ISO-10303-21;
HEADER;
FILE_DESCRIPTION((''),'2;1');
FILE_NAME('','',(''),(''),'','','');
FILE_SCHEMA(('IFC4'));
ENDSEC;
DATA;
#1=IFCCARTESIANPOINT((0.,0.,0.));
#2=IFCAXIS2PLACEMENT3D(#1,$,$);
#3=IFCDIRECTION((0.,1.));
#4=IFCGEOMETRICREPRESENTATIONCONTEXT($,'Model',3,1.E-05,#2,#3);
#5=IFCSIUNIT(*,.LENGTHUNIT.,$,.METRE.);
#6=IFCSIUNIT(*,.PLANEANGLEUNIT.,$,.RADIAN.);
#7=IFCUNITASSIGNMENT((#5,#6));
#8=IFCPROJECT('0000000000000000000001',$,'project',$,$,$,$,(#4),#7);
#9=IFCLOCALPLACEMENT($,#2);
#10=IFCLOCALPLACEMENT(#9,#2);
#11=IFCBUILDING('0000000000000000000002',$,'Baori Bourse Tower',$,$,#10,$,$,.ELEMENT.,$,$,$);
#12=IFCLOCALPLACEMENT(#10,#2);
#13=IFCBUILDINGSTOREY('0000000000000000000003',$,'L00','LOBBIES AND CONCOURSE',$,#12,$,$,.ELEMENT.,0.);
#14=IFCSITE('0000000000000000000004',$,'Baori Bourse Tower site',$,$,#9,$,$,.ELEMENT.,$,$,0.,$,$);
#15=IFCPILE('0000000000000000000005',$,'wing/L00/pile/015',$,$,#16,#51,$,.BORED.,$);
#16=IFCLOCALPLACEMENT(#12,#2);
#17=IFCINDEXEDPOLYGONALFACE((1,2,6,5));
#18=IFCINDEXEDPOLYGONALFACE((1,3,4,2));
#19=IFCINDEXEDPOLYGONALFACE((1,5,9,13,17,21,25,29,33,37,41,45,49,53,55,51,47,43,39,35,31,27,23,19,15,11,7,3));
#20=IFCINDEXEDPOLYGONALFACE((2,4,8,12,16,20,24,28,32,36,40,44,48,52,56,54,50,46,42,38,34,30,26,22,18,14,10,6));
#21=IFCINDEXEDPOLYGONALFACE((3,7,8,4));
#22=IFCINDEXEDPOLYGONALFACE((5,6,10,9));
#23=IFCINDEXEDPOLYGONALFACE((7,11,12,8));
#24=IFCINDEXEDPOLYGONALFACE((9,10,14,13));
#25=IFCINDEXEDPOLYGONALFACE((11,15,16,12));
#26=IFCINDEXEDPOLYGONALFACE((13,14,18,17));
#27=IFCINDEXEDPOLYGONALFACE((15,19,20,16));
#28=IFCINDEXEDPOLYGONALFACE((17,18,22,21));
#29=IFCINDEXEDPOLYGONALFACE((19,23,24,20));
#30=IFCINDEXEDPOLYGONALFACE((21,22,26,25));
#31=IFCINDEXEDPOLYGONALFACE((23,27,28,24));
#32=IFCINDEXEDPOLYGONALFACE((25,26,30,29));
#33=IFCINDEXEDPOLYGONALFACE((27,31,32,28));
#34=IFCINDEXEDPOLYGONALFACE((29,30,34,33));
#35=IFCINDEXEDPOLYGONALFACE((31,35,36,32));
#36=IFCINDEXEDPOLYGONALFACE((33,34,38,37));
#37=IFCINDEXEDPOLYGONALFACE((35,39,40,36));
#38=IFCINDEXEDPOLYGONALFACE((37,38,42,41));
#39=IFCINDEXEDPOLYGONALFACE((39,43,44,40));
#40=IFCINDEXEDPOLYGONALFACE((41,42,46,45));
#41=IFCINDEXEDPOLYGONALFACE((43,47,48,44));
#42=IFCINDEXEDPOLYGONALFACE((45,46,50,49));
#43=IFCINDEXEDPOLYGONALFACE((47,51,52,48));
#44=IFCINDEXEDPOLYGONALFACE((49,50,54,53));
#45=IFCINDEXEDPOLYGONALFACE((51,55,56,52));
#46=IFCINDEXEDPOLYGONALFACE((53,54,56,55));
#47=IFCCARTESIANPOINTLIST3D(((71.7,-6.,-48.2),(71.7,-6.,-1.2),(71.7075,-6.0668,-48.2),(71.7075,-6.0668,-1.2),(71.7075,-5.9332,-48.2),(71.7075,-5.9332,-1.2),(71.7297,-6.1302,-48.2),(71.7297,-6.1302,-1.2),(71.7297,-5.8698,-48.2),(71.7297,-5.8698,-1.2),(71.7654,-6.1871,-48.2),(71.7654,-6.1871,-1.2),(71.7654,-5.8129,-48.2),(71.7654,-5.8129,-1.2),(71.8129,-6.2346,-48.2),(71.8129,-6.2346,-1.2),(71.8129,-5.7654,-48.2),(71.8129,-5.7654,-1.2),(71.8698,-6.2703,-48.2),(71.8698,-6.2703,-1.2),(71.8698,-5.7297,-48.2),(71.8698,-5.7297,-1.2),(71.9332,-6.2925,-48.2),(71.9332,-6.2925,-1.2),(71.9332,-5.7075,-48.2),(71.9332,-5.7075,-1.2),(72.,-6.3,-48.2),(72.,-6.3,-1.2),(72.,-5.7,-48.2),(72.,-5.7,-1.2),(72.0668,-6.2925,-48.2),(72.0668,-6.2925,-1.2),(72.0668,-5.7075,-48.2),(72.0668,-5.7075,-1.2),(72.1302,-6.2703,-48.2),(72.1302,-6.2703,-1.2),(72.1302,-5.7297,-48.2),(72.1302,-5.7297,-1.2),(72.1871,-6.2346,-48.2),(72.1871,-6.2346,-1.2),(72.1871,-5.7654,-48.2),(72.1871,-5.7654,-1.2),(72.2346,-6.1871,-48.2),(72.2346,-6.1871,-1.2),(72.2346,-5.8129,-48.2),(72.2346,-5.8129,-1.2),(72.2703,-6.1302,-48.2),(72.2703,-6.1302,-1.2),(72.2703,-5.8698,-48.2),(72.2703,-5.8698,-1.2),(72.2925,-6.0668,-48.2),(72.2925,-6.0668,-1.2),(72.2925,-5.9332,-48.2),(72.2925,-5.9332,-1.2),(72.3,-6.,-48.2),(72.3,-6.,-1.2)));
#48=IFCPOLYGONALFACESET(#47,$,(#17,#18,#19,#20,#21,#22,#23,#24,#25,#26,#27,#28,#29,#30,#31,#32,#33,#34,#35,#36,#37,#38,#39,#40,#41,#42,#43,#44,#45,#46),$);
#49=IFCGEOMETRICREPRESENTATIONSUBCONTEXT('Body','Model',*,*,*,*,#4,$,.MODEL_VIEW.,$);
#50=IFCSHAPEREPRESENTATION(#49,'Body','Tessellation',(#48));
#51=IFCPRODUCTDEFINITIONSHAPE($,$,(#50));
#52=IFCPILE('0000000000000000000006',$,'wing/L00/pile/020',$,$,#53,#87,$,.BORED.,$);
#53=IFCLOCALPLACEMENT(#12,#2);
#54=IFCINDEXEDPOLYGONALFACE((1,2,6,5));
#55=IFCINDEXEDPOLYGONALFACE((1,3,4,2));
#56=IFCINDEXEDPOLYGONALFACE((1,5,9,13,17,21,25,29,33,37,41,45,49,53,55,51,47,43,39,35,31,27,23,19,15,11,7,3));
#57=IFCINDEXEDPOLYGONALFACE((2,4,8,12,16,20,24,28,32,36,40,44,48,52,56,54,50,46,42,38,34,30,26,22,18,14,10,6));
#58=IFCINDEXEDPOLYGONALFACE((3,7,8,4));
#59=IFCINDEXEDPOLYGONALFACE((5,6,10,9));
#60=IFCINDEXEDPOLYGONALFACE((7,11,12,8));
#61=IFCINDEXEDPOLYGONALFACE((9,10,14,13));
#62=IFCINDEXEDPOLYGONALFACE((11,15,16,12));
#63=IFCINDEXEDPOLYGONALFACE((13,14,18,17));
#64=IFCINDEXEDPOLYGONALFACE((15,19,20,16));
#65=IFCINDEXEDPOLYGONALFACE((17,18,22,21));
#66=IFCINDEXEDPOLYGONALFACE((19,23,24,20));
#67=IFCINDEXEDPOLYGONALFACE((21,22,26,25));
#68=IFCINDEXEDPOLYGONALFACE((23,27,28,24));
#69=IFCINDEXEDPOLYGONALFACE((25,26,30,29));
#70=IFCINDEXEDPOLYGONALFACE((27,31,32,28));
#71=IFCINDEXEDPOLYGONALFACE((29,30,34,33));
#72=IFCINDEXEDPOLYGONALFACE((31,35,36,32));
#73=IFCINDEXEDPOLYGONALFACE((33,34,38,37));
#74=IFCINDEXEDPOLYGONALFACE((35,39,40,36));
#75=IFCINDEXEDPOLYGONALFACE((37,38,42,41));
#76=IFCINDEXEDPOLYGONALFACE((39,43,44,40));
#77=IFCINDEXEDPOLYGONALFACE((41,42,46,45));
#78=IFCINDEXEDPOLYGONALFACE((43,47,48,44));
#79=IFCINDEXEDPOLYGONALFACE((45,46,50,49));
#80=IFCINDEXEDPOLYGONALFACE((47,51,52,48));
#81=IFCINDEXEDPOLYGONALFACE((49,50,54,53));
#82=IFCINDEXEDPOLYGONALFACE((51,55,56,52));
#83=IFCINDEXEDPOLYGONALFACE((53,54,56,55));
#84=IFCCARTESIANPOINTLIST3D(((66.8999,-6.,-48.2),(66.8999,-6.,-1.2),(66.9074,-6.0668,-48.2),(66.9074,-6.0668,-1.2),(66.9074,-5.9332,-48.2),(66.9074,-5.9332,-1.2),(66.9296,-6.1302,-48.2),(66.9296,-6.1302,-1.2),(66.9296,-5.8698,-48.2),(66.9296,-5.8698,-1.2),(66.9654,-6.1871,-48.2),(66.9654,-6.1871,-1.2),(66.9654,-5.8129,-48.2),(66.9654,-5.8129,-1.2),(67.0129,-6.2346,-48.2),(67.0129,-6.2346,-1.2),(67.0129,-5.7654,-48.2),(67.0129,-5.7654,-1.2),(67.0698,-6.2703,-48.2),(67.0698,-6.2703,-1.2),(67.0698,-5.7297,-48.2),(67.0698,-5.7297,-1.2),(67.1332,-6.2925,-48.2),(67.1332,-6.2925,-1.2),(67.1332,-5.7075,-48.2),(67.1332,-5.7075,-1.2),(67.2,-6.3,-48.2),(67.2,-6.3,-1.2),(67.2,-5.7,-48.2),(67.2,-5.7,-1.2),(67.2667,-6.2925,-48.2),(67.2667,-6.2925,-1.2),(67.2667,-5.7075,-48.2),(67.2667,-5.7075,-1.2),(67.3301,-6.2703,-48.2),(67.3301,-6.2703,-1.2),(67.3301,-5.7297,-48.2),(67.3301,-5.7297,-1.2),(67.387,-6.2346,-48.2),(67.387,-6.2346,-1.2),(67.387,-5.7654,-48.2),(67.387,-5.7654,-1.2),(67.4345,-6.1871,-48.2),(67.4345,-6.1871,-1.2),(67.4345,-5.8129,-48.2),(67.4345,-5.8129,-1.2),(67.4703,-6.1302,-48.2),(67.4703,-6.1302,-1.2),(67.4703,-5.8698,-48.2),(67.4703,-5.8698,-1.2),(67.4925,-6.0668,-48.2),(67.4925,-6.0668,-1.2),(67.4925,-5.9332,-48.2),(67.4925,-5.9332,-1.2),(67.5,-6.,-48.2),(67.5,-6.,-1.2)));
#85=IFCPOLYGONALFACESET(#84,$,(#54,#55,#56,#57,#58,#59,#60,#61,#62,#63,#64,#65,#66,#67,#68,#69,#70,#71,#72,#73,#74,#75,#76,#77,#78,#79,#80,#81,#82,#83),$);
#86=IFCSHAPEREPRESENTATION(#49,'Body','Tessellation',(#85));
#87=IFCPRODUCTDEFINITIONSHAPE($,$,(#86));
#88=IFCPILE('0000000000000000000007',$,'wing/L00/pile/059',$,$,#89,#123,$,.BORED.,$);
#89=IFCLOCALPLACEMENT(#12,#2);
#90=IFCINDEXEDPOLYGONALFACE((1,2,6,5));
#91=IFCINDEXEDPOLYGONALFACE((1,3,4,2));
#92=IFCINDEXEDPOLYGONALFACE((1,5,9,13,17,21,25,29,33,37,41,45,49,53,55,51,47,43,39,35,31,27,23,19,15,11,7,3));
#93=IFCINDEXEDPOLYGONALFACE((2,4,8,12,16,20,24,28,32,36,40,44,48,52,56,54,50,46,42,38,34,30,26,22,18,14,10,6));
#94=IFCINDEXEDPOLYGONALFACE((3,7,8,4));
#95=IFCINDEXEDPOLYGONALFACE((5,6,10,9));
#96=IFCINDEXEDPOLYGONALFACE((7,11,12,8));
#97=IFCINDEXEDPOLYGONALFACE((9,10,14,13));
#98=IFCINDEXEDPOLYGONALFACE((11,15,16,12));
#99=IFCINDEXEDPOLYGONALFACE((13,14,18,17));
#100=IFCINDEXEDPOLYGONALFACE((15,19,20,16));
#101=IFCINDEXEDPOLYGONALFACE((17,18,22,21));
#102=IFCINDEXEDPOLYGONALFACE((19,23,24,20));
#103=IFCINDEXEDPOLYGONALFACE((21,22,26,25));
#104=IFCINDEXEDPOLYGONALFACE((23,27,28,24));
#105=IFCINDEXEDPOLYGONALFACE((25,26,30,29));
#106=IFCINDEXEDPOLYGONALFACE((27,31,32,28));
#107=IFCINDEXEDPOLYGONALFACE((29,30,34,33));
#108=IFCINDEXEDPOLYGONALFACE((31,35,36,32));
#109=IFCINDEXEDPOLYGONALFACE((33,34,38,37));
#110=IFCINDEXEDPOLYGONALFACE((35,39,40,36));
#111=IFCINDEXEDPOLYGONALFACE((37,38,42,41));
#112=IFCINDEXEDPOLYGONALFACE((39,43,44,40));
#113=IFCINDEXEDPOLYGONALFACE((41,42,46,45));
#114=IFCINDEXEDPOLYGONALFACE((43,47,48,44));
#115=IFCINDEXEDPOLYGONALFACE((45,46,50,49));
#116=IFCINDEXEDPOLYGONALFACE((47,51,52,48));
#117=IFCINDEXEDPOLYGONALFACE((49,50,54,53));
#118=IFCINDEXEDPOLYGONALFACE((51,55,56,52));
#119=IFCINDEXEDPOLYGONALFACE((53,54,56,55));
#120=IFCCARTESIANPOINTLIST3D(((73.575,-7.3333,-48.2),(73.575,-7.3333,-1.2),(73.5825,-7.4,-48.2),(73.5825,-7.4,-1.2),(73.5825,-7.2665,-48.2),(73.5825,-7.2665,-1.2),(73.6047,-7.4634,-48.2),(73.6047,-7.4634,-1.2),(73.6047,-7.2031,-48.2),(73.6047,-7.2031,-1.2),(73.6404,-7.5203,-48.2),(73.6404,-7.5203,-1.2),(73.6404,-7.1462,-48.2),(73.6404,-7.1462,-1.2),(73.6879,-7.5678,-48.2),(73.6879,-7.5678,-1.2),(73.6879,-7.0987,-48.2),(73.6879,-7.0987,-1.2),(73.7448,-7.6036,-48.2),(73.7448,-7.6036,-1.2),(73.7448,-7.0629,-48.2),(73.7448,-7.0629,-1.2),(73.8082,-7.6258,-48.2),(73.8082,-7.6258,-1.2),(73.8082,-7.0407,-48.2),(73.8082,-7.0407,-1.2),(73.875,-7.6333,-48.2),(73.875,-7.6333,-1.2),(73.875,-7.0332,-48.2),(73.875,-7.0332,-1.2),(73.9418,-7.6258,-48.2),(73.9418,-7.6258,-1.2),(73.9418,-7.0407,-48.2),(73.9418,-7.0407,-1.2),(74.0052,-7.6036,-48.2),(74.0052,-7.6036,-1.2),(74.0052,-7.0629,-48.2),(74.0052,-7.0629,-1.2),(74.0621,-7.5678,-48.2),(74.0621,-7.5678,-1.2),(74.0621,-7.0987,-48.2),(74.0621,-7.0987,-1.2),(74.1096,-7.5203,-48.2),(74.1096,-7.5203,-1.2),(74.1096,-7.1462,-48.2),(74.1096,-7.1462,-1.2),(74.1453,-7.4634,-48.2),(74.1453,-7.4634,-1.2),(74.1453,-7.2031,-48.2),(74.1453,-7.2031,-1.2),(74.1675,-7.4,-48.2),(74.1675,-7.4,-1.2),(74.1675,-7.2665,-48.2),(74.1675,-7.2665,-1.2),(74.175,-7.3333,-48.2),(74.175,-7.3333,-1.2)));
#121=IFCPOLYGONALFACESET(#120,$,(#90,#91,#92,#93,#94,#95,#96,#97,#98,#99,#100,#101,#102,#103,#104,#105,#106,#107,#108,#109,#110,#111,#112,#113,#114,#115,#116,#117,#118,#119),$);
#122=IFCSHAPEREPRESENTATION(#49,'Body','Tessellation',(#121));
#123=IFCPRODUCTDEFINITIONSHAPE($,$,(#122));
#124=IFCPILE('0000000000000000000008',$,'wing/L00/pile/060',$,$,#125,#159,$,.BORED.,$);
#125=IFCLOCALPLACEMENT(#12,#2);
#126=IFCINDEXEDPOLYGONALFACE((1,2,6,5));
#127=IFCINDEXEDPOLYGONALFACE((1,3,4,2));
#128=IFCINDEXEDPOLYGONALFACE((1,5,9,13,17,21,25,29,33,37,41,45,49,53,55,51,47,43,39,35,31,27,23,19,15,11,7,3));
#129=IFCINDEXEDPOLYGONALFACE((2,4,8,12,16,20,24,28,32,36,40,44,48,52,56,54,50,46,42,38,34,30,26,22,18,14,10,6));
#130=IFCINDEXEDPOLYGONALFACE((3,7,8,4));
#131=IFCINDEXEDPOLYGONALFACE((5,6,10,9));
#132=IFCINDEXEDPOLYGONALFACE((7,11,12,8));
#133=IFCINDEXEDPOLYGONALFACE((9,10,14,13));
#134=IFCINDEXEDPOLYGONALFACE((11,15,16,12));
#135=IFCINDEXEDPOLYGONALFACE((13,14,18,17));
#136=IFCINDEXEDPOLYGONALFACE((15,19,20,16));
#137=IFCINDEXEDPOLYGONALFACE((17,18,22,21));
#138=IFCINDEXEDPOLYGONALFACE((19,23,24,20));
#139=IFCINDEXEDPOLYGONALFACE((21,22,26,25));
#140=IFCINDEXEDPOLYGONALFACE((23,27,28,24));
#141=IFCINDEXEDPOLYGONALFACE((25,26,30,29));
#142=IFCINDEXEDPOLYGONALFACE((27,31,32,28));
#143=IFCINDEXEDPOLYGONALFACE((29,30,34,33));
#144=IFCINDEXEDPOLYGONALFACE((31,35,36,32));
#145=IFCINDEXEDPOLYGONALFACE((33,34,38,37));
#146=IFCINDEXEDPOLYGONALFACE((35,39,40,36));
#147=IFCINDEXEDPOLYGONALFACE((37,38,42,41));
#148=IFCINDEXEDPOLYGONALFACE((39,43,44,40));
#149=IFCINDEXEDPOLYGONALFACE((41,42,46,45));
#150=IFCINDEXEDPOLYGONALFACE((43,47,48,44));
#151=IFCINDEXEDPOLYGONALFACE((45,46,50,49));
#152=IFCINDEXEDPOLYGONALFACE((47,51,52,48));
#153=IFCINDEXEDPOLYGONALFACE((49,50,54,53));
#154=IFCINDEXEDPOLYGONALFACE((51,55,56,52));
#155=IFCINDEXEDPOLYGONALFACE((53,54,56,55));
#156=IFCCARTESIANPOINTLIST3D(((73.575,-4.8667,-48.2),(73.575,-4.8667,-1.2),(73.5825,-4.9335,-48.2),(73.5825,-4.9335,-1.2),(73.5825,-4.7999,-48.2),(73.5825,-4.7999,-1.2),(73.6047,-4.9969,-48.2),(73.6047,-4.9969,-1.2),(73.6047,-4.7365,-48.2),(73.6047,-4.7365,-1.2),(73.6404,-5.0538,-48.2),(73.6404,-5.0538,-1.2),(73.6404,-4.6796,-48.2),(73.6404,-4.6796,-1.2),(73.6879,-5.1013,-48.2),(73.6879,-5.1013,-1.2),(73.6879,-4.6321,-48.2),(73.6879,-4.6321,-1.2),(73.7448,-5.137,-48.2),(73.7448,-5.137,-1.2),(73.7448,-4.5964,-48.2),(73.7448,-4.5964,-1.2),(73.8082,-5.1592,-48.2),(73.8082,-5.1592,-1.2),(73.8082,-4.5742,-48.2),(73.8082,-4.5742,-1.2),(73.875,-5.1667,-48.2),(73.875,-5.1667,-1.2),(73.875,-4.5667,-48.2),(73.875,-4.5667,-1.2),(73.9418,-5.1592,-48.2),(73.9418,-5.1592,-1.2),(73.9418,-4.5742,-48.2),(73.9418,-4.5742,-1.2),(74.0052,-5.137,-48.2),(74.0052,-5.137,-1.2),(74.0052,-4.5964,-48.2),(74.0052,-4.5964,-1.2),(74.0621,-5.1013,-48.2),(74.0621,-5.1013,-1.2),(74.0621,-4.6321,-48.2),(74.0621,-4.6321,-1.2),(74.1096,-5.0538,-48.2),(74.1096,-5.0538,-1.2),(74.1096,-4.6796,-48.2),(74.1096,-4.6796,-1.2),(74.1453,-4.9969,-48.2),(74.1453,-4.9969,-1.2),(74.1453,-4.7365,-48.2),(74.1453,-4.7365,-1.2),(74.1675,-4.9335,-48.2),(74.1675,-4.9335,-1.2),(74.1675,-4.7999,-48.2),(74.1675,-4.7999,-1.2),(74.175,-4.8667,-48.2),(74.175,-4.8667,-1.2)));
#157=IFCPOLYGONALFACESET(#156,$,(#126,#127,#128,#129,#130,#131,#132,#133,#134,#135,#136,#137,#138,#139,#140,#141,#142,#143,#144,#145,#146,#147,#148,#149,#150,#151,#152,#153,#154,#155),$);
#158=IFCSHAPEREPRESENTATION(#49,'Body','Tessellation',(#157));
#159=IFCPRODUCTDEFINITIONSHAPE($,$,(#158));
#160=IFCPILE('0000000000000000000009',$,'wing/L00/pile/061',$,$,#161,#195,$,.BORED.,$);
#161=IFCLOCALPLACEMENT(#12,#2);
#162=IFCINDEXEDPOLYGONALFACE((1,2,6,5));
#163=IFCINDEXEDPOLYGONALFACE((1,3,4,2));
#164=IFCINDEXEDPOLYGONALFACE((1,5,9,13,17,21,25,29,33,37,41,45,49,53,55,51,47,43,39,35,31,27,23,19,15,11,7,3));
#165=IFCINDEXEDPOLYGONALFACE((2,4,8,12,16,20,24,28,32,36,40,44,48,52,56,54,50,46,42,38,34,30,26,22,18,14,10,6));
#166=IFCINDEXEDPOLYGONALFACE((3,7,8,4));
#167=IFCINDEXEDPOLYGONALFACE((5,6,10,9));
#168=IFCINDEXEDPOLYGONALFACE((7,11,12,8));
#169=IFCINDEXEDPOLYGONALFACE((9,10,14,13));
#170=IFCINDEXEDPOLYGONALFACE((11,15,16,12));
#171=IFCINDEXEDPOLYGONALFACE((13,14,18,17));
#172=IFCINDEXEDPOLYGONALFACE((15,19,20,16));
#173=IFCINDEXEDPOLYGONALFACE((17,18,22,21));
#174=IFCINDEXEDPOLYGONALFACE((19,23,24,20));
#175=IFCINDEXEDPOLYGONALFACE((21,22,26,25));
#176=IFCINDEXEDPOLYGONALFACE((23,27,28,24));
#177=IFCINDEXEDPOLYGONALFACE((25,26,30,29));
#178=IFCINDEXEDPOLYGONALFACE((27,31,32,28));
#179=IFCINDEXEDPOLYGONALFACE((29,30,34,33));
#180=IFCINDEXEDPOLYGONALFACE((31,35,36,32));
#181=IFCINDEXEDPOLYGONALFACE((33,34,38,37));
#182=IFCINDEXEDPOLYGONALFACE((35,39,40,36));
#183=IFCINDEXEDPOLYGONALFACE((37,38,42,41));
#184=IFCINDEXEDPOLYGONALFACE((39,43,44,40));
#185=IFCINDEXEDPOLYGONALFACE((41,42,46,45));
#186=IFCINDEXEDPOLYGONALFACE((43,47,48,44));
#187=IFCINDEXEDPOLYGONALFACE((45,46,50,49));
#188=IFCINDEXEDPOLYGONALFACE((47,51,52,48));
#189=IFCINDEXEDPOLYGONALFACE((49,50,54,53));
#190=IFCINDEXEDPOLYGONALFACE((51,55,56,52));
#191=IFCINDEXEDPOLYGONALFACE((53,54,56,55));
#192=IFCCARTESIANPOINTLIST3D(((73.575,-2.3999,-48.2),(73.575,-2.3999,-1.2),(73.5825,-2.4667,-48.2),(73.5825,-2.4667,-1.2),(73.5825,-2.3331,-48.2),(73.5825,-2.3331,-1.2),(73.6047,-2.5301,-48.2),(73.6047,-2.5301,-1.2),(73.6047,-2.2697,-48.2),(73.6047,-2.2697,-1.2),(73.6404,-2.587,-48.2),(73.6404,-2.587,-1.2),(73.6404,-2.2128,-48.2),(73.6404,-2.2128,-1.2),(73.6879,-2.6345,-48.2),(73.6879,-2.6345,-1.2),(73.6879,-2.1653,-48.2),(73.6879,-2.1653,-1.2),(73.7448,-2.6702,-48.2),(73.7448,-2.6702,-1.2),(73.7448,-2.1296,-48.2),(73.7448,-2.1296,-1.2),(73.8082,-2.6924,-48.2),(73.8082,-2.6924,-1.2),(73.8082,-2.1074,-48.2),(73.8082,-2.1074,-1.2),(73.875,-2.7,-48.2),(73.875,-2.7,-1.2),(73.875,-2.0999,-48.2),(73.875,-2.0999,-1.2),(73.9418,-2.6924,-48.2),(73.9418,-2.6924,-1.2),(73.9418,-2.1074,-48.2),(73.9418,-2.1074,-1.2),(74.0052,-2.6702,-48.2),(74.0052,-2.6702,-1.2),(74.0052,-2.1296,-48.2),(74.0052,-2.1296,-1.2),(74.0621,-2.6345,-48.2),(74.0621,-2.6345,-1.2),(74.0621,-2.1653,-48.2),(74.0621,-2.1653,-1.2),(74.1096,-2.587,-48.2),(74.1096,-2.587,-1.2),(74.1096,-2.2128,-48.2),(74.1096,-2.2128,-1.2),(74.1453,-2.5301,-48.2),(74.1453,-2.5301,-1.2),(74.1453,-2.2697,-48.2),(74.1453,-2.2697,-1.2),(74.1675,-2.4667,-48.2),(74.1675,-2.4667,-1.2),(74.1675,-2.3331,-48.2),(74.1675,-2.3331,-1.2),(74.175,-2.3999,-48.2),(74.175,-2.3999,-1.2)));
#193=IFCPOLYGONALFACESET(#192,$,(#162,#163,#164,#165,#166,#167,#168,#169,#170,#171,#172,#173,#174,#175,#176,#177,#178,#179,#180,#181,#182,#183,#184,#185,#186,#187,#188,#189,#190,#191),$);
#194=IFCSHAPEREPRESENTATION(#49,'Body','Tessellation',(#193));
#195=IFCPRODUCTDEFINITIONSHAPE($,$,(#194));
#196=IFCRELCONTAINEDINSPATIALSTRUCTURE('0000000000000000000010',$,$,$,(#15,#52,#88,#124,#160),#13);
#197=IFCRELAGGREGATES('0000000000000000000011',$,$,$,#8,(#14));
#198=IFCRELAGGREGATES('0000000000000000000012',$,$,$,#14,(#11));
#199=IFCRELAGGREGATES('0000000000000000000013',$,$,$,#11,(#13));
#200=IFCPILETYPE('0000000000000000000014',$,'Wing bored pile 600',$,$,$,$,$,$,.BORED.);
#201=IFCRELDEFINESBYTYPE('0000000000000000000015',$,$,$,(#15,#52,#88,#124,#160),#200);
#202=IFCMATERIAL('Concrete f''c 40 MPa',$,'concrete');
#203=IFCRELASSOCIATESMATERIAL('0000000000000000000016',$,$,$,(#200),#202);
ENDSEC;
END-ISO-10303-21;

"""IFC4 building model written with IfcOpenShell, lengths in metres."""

from ifc_helpers import new_model, si_unit, direction, frame, origin, origin_2d, place, context, subcontext, project, spatial, circle, extrude, material, material_profile, profile_set, type_object, element, save


model = new_model("IFC4")

# Units and contexts
model_context = context("Model", 3, precision=1e-05, world=origin(), true_north=direction((0.0, 1.0)))
body_context = subcontext(model_context, "Body", "Model", "MODEL_VIEW")
ifc_project = project(units=[si_unit("LENGTHUNIT", "METRE"), si_unit("PLANEANGLEUNIT", "RADIAN")], contexts=[model_context])

# Site, building, storey
site_placement = place(None, origin())
site = spatial("IfcSite", under=ifc_project, at=site_placement, Name="Baori Bourse Tower site", CompositionType="ELEMENT", RefElevation=0.0)
building_placement = place(site_placement, origin())
building = spatial("IfcBuilding", under=site, at=building_placement, Name="Baori Bourse Tower", CompositionType="ELEMENT")
storey_placement = place(building_placement, origin())
storey = spatial("IfcBuildingStorey", under=building, at=storey_placement, Name="L00", Description="LOBBIES AND CONCOURSE", CompositionType="ELEMENT", Elevation=0.0)

# Piles
ifc_material_1 = material(Name="Concrete f'c 40 MPa", Category="concrete")
ifc_material_profile_1 = material_profile(ifc_material_1, circle(Radius=0.3, at=origin_2d()), Name="Wing bored pile 600")
ifc_profile_set_1 = profile_set([ifc_material_profile_1], Name="Concrete f'c 40 MPa")
pile_type = type_object("IfcPileType", Name="Wing bored pile 600", PredefinedType="BORED", material=ifc_profile_set_1)
for number, where, z_axis, x_axis, name in (
    (1, (72.0, -6.0, -1.2), (0.0, 0.0, -1.0), (1.0, 0.0, 0.0), "wing/L00/pile/015"),
    (2, (67.2, -6.0, -1.2), (0.0, 0.0, -1.0), (1.0, 0.0, 0.0), "wing/L00/pile/020"),
    (3, (73.875, -7.3333, -1.2), (0.0, 0.0, -1.0), (1.0, 0.0, 0.0), "wing/L00/pile/059"),
    (4, (73.875, -4.8667, -1.2), (0.0, 0.0, -1.0), (1.0, 0.0, 0.0), "wing/L00/pile/060"),
    (5, (73.875, -2.3999, -1.2), (0.0, 0.0, -1.0), (1.0, 0.0, 0.0), "wing/L00/pile/061"),
):
    element("IfcPile", number, at=place(storey_placement, frame(where, z_axis=z_axis, x_axis=x_axis)), inside=storey, type_object=pile_type, Name=name, PredefinedType="BORED", context=body_context, shape_type="SweptSolid", body=[
        extrude(circle(Radius=0.3, at=origin_2d()), origin(), (0.0, 0.0, 1.0), 47.0),
    ])

save(model, "model.ifc")
